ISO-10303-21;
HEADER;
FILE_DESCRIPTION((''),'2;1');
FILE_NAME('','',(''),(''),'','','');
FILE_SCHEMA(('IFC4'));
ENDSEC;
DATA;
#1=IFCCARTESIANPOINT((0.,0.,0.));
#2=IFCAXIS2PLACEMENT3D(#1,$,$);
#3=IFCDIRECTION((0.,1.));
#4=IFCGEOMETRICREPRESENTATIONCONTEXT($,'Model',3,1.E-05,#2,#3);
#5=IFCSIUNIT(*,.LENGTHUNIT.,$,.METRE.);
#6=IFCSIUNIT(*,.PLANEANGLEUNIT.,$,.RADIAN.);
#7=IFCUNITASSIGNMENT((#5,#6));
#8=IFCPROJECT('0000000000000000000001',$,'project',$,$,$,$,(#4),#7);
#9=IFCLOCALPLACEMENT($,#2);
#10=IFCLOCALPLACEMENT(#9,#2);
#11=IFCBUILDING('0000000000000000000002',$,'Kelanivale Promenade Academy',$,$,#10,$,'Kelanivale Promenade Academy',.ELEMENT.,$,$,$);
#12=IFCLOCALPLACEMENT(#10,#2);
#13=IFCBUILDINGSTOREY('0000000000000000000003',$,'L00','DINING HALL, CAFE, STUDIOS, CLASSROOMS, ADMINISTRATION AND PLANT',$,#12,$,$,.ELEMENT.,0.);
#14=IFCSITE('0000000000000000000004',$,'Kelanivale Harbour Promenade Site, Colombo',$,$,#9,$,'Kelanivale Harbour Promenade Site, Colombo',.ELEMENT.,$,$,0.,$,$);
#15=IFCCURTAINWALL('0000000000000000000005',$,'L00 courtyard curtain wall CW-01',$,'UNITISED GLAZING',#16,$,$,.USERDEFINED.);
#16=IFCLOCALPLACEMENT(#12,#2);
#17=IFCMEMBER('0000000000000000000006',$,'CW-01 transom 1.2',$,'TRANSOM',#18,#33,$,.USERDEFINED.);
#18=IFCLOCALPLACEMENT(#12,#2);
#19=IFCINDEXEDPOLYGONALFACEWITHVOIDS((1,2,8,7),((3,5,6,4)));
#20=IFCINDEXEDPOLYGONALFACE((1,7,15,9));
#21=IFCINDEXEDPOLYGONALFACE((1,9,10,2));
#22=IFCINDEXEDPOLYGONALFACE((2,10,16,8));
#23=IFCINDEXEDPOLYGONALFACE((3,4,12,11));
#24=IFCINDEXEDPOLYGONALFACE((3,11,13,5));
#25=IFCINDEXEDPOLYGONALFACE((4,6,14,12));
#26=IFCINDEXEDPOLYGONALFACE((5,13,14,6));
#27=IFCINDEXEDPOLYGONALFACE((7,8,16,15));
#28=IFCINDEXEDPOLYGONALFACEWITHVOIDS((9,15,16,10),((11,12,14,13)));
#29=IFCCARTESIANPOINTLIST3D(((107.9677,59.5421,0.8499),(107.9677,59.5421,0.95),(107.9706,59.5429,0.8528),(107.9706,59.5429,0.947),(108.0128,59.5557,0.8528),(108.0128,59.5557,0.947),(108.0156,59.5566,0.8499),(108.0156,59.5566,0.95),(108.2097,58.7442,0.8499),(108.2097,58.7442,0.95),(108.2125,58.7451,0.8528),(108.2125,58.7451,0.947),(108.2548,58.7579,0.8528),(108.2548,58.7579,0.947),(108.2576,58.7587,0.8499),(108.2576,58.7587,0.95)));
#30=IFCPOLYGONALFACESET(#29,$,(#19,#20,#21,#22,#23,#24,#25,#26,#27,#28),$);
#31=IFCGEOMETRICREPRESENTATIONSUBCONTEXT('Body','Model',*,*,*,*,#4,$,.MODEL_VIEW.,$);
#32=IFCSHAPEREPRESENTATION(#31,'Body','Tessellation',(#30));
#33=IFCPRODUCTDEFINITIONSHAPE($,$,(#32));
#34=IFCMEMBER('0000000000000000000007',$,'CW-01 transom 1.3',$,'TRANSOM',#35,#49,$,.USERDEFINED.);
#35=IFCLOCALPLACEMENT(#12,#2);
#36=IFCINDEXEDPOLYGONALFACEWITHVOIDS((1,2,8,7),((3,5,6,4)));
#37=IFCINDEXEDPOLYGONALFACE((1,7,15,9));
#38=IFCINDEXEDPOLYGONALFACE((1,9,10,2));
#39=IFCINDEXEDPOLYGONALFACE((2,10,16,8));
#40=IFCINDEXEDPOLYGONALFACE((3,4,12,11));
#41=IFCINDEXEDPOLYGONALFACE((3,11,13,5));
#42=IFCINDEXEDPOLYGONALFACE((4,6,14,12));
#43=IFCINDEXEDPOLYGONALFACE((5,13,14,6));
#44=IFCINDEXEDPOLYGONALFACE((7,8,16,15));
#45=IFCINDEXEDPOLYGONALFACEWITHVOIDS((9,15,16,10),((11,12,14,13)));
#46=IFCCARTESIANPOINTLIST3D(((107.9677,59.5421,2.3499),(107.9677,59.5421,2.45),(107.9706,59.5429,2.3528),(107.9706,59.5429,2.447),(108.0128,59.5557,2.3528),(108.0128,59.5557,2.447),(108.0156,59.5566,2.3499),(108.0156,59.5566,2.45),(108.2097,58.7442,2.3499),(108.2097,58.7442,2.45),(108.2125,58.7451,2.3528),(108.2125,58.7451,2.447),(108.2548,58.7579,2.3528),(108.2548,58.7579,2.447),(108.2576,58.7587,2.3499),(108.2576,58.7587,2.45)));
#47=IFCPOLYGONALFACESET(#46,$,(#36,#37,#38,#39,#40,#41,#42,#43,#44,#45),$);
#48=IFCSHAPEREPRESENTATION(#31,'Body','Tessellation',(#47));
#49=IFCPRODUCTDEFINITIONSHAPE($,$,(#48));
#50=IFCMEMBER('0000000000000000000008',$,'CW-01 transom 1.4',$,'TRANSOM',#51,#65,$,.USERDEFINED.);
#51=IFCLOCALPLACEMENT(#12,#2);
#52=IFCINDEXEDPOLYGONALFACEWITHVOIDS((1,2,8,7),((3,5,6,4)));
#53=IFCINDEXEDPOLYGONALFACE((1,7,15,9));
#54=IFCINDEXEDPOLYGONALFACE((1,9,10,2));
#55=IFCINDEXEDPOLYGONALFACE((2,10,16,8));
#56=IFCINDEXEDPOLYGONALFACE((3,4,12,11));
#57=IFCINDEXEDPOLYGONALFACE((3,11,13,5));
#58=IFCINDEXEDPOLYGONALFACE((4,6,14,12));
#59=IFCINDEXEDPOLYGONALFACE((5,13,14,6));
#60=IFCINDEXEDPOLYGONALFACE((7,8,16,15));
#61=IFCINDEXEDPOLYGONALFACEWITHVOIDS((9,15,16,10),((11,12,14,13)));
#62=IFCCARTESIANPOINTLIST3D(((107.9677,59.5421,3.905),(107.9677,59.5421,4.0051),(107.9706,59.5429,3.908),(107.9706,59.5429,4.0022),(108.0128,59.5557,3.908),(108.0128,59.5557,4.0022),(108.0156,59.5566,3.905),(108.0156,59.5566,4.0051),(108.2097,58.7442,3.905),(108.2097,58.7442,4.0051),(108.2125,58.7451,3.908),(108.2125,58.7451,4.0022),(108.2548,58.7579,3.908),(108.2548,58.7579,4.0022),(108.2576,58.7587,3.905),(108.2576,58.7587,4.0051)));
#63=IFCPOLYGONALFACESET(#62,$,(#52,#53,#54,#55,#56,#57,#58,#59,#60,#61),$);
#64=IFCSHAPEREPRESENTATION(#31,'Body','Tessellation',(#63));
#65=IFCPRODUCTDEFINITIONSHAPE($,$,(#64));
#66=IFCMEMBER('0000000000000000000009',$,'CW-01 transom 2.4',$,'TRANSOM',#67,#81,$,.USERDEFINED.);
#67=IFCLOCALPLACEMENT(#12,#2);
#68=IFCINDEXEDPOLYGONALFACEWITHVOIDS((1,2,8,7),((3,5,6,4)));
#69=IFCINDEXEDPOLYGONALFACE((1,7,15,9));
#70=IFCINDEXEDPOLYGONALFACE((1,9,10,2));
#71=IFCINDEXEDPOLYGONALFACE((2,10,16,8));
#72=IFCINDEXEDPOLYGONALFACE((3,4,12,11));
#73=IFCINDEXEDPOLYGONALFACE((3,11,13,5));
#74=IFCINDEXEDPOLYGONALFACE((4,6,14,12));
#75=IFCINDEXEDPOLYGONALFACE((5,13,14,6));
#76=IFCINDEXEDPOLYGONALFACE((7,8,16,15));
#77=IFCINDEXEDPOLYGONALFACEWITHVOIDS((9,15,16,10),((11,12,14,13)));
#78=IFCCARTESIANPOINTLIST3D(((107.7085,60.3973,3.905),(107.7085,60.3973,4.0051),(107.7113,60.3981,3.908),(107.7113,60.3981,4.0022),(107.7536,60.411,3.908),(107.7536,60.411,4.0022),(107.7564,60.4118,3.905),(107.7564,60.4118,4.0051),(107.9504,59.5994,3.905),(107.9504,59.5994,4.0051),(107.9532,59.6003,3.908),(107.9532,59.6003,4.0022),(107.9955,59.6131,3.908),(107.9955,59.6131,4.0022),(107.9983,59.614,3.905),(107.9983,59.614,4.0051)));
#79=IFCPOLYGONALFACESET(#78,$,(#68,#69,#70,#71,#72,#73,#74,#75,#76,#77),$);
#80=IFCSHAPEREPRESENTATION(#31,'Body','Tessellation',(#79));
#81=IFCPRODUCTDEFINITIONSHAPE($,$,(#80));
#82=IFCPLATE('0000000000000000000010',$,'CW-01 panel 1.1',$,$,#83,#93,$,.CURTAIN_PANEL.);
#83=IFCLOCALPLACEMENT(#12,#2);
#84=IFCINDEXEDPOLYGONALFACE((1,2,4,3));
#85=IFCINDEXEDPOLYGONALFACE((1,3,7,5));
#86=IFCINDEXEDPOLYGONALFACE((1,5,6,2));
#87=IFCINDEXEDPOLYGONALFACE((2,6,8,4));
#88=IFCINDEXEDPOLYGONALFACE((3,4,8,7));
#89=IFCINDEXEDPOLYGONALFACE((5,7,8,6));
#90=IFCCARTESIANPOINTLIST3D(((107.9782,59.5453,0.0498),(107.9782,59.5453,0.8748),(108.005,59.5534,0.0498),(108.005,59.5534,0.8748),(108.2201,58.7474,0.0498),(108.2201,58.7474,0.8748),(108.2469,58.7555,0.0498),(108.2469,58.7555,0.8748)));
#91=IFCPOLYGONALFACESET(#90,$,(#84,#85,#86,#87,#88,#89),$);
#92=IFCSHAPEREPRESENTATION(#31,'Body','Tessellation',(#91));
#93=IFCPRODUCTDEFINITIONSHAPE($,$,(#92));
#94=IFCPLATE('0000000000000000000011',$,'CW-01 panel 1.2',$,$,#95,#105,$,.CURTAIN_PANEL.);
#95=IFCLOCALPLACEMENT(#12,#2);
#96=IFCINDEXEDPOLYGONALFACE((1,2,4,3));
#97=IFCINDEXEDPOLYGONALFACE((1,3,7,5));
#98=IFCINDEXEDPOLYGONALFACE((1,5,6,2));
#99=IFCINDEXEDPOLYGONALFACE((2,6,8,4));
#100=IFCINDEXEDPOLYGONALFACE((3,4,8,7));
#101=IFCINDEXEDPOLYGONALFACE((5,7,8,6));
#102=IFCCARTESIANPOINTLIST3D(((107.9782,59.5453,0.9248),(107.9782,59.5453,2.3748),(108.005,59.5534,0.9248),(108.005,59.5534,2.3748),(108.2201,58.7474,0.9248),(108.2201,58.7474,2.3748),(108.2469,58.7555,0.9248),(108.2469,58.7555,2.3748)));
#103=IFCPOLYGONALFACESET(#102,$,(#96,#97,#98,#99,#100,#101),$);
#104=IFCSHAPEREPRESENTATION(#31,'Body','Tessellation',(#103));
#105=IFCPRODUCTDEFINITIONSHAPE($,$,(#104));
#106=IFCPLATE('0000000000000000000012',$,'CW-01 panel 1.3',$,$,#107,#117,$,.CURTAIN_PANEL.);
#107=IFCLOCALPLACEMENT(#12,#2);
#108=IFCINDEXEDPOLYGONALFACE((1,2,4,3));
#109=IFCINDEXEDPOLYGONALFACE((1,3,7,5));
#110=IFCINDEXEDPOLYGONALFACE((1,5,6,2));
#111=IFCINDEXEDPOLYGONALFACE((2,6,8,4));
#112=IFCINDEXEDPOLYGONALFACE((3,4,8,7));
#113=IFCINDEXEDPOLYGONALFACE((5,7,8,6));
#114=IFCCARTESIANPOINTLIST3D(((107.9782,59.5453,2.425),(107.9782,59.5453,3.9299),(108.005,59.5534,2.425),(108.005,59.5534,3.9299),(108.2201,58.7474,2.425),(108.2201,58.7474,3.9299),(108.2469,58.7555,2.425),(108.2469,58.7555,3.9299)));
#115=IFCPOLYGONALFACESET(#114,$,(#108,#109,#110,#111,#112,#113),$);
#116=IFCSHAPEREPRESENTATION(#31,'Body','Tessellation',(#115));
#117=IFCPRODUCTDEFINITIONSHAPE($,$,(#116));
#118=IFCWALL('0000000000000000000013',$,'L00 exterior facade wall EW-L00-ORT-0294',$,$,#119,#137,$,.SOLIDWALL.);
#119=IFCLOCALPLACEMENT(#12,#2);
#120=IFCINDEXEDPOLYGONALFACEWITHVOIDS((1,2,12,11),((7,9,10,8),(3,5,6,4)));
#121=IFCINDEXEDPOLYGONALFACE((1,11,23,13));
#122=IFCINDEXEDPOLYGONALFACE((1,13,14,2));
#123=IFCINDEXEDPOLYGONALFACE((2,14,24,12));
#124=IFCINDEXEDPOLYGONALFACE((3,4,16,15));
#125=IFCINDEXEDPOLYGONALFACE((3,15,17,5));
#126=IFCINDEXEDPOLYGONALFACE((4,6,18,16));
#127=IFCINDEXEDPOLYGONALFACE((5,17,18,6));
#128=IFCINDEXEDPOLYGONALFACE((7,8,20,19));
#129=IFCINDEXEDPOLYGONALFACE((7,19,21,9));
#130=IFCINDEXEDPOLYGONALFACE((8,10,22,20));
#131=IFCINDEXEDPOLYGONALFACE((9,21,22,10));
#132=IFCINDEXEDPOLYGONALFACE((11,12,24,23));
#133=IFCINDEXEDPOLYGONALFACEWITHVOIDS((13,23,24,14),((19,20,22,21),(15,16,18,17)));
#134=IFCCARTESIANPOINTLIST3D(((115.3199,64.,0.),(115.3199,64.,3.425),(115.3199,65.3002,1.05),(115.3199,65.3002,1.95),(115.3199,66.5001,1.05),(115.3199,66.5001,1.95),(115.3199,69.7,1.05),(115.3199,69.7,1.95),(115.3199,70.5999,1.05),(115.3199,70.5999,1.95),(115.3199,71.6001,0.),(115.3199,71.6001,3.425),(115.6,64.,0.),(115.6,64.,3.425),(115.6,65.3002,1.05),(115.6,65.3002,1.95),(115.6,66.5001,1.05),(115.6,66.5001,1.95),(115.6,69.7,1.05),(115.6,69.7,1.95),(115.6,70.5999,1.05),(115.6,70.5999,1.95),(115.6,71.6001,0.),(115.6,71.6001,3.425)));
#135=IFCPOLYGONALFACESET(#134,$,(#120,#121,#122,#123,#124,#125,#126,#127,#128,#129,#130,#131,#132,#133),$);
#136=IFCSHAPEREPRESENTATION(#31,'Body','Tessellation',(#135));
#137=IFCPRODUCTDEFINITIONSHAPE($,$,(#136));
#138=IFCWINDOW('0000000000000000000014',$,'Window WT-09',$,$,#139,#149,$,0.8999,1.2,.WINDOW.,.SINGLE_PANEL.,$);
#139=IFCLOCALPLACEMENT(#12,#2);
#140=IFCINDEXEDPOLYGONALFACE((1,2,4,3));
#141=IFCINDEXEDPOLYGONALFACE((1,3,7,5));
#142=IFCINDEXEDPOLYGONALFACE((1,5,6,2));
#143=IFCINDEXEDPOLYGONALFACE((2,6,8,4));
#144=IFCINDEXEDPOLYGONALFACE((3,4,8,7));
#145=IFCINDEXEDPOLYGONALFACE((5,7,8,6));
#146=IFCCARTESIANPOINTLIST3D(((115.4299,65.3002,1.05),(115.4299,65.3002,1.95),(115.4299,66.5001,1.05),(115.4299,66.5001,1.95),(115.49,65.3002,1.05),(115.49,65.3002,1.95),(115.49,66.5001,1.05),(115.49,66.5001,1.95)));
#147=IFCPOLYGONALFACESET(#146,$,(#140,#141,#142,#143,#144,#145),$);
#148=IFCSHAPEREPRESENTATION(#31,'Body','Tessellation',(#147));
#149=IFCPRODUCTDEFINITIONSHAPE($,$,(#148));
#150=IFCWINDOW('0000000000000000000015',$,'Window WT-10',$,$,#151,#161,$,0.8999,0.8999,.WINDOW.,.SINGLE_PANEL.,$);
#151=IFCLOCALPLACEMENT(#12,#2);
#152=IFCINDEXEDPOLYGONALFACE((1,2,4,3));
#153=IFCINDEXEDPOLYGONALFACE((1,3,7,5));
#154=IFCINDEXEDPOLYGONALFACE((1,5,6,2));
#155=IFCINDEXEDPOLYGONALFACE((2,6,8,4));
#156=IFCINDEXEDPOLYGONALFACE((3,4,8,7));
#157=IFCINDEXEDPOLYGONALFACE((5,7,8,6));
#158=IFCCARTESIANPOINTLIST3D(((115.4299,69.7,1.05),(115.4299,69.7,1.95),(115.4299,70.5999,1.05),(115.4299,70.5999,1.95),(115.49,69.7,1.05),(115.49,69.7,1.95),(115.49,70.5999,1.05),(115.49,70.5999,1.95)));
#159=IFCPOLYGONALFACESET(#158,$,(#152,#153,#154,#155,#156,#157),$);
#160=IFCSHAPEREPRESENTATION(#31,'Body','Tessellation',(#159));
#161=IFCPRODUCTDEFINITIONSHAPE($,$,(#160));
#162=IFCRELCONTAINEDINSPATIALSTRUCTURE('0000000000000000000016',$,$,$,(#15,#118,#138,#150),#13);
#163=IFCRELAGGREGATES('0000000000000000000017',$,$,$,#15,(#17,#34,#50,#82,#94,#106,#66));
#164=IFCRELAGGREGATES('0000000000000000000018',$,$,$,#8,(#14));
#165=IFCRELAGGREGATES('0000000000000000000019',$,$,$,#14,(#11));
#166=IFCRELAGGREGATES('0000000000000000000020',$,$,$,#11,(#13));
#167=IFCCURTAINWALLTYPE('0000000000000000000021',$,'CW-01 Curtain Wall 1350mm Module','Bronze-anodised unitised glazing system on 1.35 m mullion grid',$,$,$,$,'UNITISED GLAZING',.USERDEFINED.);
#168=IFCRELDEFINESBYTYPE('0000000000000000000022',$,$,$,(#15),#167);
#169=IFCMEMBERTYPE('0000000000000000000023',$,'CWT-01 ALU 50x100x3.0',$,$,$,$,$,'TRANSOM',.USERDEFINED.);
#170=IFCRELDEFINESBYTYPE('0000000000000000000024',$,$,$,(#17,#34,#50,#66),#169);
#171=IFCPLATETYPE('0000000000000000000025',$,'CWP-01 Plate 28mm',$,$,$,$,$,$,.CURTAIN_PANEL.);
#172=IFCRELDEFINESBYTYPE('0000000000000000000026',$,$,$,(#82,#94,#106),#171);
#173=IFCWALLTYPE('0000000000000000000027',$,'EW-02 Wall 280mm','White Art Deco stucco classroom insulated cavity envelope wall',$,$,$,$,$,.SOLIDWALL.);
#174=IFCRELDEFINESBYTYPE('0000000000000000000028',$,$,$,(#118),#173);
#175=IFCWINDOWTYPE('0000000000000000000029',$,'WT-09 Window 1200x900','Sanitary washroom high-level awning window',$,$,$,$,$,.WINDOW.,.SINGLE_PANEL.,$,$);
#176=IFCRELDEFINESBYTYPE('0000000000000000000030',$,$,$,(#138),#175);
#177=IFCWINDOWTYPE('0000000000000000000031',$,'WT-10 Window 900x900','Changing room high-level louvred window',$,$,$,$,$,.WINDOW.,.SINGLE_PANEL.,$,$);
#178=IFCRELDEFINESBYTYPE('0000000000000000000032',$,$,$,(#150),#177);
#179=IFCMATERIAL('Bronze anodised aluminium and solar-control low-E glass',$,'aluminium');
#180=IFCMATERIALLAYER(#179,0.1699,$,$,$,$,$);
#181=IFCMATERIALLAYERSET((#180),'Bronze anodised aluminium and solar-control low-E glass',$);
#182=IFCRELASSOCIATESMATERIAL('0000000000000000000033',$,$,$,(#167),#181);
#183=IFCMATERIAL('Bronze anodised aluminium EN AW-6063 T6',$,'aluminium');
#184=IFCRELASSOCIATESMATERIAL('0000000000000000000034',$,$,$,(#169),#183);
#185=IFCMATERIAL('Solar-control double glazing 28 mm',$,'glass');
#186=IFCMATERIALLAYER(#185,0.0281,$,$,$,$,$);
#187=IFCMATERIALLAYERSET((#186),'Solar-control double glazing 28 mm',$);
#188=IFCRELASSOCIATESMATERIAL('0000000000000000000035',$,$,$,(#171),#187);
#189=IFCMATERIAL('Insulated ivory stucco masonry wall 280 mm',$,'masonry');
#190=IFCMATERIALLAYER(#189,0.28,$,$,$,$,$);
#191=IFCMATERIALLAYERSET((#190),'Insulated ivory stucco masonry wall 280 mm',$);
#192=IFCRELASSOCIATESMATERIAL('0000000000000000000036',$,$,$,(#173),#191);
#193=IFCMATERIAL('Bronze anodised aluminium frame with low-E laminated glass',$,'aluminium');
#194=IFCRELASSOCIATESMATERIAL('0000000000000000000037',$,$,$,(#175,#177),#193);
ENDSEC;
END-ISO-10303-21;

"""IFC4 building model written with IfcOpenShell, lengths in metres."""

from ifc_helpers import new_model, si_unit, direction, frame, frame_2d, origin, origin_2d, place, context, subcontext, project, spatial, rectangle, hollow_rectangle, extrude, material, layer, layer_set, material_profile, profile_set, type_object, element, fill, aggregate, save


model = new_model("IFC4")

# Units and contexts
model_context = context("Model", 3, precision=1e-05, world=origin(), true_north=direction((0.0, 1.0)))
body_context = subcontext(model_context, "Body", "Model", "MODEL_VIEW")
ifc_project = project(units=[si_unit("LENGTHUNIT", "METRE"), si_unit("PLANEANGLEUNIT", "RADIAN")], contexts=[model_context])

# Site, building, storey
site_placement = place(None, origin())
site = spatial("IfcSite", under=ifc_project, at=site_placement, Name="Kelanivale Harbour Promenade Site, Colombo", LongName="Kelanivale Harbour Promenade Site, Colombo", CompositionType="ELEMENT", RefElevation=0.0)
building_placement = place(site_placement, origin())
building = spatial("IfcBuilding", under=site, at=building_placement, Name="Kelanivale Promenade Academy", LongName="Kelanivale Promenade Academy", CompositionType="ELEMENT")
storey_placement = place(building_placement, origin())
storey = spatial("IfcBuildingStorey", under=building, at=storey_placement, Name="L00", Description="DINING HALL, CAFE, STUDIOS, CLASSROOMS, ADMINISTRATION AND PLANT", CompositionType="ELEMENT", Elevation=0.0)

# Curtain wall
ifc_material_1 = material(Name="Bronze anodised aluminium and solar-control low-E glass", Category="aluminium")
ifc_layer_1 = layer(ifc_material_1, 0.1699)
ifc_layer_set_1 = layer_set([ifc_layer_1], Name="Bronze anodised aluminium and solar-control low-E glass")
curtain_wall_type_1 = type_object("IfcCurtainWallType", Name="CW-01 Curtain Wall 1350mm Module", Description="Bronze-anodised unitised glazing system on 1.35 m mullion grid", ElementType="UNITISED GLAZING", PredefinedType="USERDEFINED", material=ifc_layer_set_1)
curtain_wall_1_placement = place(storey_placement, origin())
curtain_wall_1 = element("IfcCurtainWall", 1, at=curtain_wall_1_placement, inside=storey, type_object=curtain_wall_type_1, Name="L00 courtyard curtain wall CW-01", ObjectType="UNITISED GLAZING", PredefinedType="USERDEFINED")
ifc_material_2 = material(Name="Bronze anodised aluminium EN AW-6063 T6", Category="aluminium")

# Members
ifc_material_profile_1 = material_profile(ifc_material_2, hollow_rectangle(XDim=0.05, YDim=0.1001, WallThickness=0.0029, at=origin_2d()), Name="ALU 50x100x3.0")
ifc_profile_set_1 = profile_set([ifc_material_profile_1], Name="Bronze anodised aluminium EN AW-6063 T6")
member_type_1 = type_object("IfcMemberType", Name="CWT-01 ALU 50x100x3.0", ElementType="TRANSOM", PredefinedType="USERDEFINED", material=ifc_profile_set_1)
member_1_placement = place(storey_placement, frame((108.2336, 58.7515, 0.8999), z_axis=(-0.290194, 0.956968, 0.0), x_axis=(-0.956968, -0.290194, 0.0)))
member_1 = element("IfcMember", 2, at=member_1_placement, type_object=member_type_1, Name="CW-01 transom 1.2", ObjectType="TRANSOM", PredefinedType="USERDEFINED", context=body_context, shape_type="SweptSolid", body=[
    extrude(hollow_rectangle(XDim=0.05, YDim=0.1001, WallThickness=0.0029, at=origin_2d()), origin(), (0.0, 0.0, 1.0), 0.8337),
])
member_2_placement = place(storey_placement, frame((108.2336, 58.7515, 2.3999), z_axis=(-0.290194, 0.956968, 0.0), x_axis=(-0.956968, -0.290194, 0.0)))
member_2 = element("IfcMember", 3, at=member_2_placement, type_object=member_type_1, Name="CW-01 transom 1.3", ObjectType="TRANSOM", PredefinedType="USERDEFINED", context=body_context, shape_type="SweptSolid", body=[
    extrude(hollow_rectangle(XDim=0.05, YDim=0.1001, WallThickness=0.0029, at=origin_2d()), origin(), (0.0, 0.0, 1.0), 0.8337),
])
member_3_placement = place(storey_placement, frame((108.2336, 58.7515, 3.9551), z_axis=(-0.290194, 0.956968, 0.0), x_axis=(-0.956968, -0.290194, 0.0)))
member_3 = element("IfcMember", 4, at=member_3_placement, type_object=member_type_1, Name="CW-01 transom 1.4", ObjectType="TRANSOM", PredefinedType="USERDEFINED", context=body_context, shape_type="SweptSolid", body=[
    extrude(hollow_rectangle(XDim=0.05, YDim=0.1001, WallThickness=0.0029, at=origin_2d()), origin(), (0.0, 0.0, 1.0), 0.8337),
])
member_4_placement = place(storey_placement, frame((107.9744, 59.6067, 3.9551), z_axis=(-0.290194, 0.956968, 0.0), x_axis=(-0.956968, -0.290194, 0.0)))
member_4 = element("IfcMember", 5, at=member_4_placement, type_object=member_type_1, Name="CW-01 transom 2.4", ObjectType="TRANSOM", PredefinedType="USERDEFINED", context=body_context, shape_type="SweptSolid", body=[
    extrude(hollow_rectangle(XDim=0.05, YDim=0.1001, WallThickness=0.0029, at=origin_2d()), origin(), (0.0, 0.0, 1.0), 0.8337),
])

# Plates
ifc_material_3 = material(Name="Solar-control double glazing 28 mm", Category="glass")
ifc_layer_2 = layer(ifc_material_3, 0.0281)
ifc_layer_set_2 = layer_set([ifc_layer_2], Name="Solar-control double glazing 28 mm")
plate_type = type_object("IfcPlateType", Name="CWP-01 Plate 28mm", PredefinedType="CURTAIN_PANEL", material=ifc_layer_set_2)
plate_1_placement = place(storey_placement, frame((108.1125, 59.1504, 0.0498), z_axis=(0.0, 0.0, 1.0), x_axis=(-0.290128, 0.956988, 0.0)))
plate_1 = element("IfcPlate", 6, at=plate_1_placement, type_object=plate_type, Name="CW-01 panel 1.1", PredefinedType="CURTAIN_PANEL", context=body_context, shape_type="SweptSolid", body=[
    extrude(rectangle(XDim=0.8337, YDim=0.0281, at=origin_2d()), origin(), (0.0, 0.0, 1.0), 0.825),
])
plate_2_placement = place(storey_placement, frame((108.1125, 59.1504, 0.9248), z_axis=(0.0, 0.0, 1.0), x_axis=(-0.290128, 0.956988, 0.0)))
plate_2 = element("IfcPlate", 7, at=plate_2_placement, type_object=plate_type, Name="CW-01 panel 1.2", PredefinedType="CURTAIN_PANEL", context=body_context, shape_type="SweptSolid", body=[
    extrude(rectangle(XDim=0.8337, YDim=0.0281, at=origin_2d()), origin(), (0.0, 0.0, 1.0), 1.45),
])
plate_3_placement = place(storey_placement, frame((108.1125, 59.1504, 2.425), z_axis=(0.0, 0.0, 1.0), x_axis=(-0.290128, 0.956988, 0.0)))
plate_3 = element("IfcPlate", 8, at=plate_3_placement, type_object=plate_type, Name="CW-01 panel 1.3", PredefinedType="CURTAIN_PANEL", context=body_context, shape_type="SweptSolid", body=[
    extrude(rectangle(XDim=0.8337, YDim=0.0281, at=origin_2d()), origin(), (0.0, 0.0, 1.0), 1.5049),
])
aggregate(curtain_wall_1, [member_1, member_2, member_3, plate_1, plate_2, plate_3, member_4])

# Wall, openings, windows
ifc_material_4 = material(Name="Insulated ivory stucco masonry wall 280 mm", Category="masonry")
ifc_layer_3 = layer(ifc_material_4, 0.28)
ifc_layer_set_3 = layer_set([ifc_layer_3], Name="Insulated ivory stucco masonry wall 280 mm")
wall_type_1 = type_object("IfcWallType", Name="EW-02 Wall 280mm", Description="White Art Deco stucco classroom insulated cavity envelope wall", PredefinedType="SOLIDWALL", material=ifc_layer_set_3)
wall_1_placement = place(storey_placement, frame((115.46, 64.0, 0.0), z_axis=(0.0, 0.0, 1.0), x_axis=(0.0, 1.0, 0.0)))
wall_1 = element("IfcWall", 9, at=wall_1_placement, inside=storey, type_object=wall_type_1, Name="L00 exterior facade wall EW-L00-ORT-0294", PredefinedType="SOLIDWALL", context=body_context, shape_type="SweptSolid", body=[
    extrude(rectangle(XDim=7.6001, YDim=0.28, at=frame_2d((3.8, 0.0))), origin(), (0.0, 0.0, 1.0), 3.425),
])
opening_1_placement = place(wall_1_placement, frame((1.3, 0.0, 1.05)))
opening_1 = element("IfcOpeningElement", 10, at=opening_1_placement, cuts=wall_1, PredefinedType="OPENING", context=body_context, shape_type="SweptSolid", body=[
    extrude(rectangle(XDim=1.2, YDim=0.8999, at=frame_2d((0.6001, 0.45))), frame((0.0, 0.1499, 0.0), z_axis=(0.0, -1.0, 0.0), x_axis=(1.0, 0.0, 0.0)), (0.0, 0.0, 1.0), 0.3),
])
opening_2_placement = place(wall_1_placement, frame((5.7, 0.0, 1.05)))
opening_2 = element("IfcOpeningElement", 11, at=opening_2_placement, cuts=wall_1, PredefinedType="OPENING", context=body_context, shape_type="SweptSolid", body=[
    extrude(rectangle(XDim=0.8999, YDim=0.8999, at=frame_2d((0.45, 0.45))), frame((0.0, 0.1499, 0.0), z_axis=(0.0, -1.0, 0.0), x_axis=(1.0, 0.0, 0.0)), (0.0, 0.0, 1.0), 0.3),
])
ifc_material_5 = material(Name="Bronze anodised aluminium frame with low-E laminated glass", Category="aluminium")
window_type_1 = type_object("IfcWindowType", Name="WT-09 Window 1200x900", Description="Sanitary washroom high-level awning window", PartitioningType="SINGLE_PANEL", PredefinedType="WINDOW", material=ifc_material_5)
window_1_placement = place(opening_1_placement, origin())
window_1 = element("IfcWindow", 12, at=window_1_placement, inside=storey, type_object=window_type_1, Name="Window WT-09", OverallHeight=0.8999, OverallWidth=1.2, PartitioningType="SINGLE_PANEL", PredefinedType="WINDOW", context=body_context, shape_type="SweptSolid", body=[
    extrude(rectangle(XDim=1.2, YDim=0.8999, at=frame_2d((0.6001, 0.45))), frame((0.0, 0.03, 0.0), z_axis=(0.0, -1.0, 0.0), x_axis=(1.0, 0.0, 0.0)), (0.0, 0.0, 1.0), 0.0601),
])
fill(opening_1, window_1)
window_type_2 = type_object("IfcWindowType", Name="WT-10 Window 900x900", Description="Changing room high-level louvred window", PartitioningType="SINGLE_PANEL", PredefinedType="WINDOW", material=ifc_material_5)
window_2_placement = place(opening_2_placement, origin())
window_2 = element("IfcWindow", 13, at=window_2_placement, inside=storey, type_object=window_type_2, Name="Window WT-10", OverallHeight=0.8999, OverallWidth=0.8999, PartitioningType="SINGLE_PANEL", PredefinedType="WINDOW", context=body_context, shape_type="SweptSolid", body=[
    extrude(rectangle(XDim=0.8999, YDim=0.8999, at=frame_2d((0.45, 0.45))), frame((0.0, 0.03, 0.0), z_axis=(0.0, -1.0, 0.0), x_axis=(1.0, 0.0, 0.0)), (0.0, 0.0, 1.0), 0.0601),
])
fill(opening_2, window_2)

save(model, "model.ifc")
